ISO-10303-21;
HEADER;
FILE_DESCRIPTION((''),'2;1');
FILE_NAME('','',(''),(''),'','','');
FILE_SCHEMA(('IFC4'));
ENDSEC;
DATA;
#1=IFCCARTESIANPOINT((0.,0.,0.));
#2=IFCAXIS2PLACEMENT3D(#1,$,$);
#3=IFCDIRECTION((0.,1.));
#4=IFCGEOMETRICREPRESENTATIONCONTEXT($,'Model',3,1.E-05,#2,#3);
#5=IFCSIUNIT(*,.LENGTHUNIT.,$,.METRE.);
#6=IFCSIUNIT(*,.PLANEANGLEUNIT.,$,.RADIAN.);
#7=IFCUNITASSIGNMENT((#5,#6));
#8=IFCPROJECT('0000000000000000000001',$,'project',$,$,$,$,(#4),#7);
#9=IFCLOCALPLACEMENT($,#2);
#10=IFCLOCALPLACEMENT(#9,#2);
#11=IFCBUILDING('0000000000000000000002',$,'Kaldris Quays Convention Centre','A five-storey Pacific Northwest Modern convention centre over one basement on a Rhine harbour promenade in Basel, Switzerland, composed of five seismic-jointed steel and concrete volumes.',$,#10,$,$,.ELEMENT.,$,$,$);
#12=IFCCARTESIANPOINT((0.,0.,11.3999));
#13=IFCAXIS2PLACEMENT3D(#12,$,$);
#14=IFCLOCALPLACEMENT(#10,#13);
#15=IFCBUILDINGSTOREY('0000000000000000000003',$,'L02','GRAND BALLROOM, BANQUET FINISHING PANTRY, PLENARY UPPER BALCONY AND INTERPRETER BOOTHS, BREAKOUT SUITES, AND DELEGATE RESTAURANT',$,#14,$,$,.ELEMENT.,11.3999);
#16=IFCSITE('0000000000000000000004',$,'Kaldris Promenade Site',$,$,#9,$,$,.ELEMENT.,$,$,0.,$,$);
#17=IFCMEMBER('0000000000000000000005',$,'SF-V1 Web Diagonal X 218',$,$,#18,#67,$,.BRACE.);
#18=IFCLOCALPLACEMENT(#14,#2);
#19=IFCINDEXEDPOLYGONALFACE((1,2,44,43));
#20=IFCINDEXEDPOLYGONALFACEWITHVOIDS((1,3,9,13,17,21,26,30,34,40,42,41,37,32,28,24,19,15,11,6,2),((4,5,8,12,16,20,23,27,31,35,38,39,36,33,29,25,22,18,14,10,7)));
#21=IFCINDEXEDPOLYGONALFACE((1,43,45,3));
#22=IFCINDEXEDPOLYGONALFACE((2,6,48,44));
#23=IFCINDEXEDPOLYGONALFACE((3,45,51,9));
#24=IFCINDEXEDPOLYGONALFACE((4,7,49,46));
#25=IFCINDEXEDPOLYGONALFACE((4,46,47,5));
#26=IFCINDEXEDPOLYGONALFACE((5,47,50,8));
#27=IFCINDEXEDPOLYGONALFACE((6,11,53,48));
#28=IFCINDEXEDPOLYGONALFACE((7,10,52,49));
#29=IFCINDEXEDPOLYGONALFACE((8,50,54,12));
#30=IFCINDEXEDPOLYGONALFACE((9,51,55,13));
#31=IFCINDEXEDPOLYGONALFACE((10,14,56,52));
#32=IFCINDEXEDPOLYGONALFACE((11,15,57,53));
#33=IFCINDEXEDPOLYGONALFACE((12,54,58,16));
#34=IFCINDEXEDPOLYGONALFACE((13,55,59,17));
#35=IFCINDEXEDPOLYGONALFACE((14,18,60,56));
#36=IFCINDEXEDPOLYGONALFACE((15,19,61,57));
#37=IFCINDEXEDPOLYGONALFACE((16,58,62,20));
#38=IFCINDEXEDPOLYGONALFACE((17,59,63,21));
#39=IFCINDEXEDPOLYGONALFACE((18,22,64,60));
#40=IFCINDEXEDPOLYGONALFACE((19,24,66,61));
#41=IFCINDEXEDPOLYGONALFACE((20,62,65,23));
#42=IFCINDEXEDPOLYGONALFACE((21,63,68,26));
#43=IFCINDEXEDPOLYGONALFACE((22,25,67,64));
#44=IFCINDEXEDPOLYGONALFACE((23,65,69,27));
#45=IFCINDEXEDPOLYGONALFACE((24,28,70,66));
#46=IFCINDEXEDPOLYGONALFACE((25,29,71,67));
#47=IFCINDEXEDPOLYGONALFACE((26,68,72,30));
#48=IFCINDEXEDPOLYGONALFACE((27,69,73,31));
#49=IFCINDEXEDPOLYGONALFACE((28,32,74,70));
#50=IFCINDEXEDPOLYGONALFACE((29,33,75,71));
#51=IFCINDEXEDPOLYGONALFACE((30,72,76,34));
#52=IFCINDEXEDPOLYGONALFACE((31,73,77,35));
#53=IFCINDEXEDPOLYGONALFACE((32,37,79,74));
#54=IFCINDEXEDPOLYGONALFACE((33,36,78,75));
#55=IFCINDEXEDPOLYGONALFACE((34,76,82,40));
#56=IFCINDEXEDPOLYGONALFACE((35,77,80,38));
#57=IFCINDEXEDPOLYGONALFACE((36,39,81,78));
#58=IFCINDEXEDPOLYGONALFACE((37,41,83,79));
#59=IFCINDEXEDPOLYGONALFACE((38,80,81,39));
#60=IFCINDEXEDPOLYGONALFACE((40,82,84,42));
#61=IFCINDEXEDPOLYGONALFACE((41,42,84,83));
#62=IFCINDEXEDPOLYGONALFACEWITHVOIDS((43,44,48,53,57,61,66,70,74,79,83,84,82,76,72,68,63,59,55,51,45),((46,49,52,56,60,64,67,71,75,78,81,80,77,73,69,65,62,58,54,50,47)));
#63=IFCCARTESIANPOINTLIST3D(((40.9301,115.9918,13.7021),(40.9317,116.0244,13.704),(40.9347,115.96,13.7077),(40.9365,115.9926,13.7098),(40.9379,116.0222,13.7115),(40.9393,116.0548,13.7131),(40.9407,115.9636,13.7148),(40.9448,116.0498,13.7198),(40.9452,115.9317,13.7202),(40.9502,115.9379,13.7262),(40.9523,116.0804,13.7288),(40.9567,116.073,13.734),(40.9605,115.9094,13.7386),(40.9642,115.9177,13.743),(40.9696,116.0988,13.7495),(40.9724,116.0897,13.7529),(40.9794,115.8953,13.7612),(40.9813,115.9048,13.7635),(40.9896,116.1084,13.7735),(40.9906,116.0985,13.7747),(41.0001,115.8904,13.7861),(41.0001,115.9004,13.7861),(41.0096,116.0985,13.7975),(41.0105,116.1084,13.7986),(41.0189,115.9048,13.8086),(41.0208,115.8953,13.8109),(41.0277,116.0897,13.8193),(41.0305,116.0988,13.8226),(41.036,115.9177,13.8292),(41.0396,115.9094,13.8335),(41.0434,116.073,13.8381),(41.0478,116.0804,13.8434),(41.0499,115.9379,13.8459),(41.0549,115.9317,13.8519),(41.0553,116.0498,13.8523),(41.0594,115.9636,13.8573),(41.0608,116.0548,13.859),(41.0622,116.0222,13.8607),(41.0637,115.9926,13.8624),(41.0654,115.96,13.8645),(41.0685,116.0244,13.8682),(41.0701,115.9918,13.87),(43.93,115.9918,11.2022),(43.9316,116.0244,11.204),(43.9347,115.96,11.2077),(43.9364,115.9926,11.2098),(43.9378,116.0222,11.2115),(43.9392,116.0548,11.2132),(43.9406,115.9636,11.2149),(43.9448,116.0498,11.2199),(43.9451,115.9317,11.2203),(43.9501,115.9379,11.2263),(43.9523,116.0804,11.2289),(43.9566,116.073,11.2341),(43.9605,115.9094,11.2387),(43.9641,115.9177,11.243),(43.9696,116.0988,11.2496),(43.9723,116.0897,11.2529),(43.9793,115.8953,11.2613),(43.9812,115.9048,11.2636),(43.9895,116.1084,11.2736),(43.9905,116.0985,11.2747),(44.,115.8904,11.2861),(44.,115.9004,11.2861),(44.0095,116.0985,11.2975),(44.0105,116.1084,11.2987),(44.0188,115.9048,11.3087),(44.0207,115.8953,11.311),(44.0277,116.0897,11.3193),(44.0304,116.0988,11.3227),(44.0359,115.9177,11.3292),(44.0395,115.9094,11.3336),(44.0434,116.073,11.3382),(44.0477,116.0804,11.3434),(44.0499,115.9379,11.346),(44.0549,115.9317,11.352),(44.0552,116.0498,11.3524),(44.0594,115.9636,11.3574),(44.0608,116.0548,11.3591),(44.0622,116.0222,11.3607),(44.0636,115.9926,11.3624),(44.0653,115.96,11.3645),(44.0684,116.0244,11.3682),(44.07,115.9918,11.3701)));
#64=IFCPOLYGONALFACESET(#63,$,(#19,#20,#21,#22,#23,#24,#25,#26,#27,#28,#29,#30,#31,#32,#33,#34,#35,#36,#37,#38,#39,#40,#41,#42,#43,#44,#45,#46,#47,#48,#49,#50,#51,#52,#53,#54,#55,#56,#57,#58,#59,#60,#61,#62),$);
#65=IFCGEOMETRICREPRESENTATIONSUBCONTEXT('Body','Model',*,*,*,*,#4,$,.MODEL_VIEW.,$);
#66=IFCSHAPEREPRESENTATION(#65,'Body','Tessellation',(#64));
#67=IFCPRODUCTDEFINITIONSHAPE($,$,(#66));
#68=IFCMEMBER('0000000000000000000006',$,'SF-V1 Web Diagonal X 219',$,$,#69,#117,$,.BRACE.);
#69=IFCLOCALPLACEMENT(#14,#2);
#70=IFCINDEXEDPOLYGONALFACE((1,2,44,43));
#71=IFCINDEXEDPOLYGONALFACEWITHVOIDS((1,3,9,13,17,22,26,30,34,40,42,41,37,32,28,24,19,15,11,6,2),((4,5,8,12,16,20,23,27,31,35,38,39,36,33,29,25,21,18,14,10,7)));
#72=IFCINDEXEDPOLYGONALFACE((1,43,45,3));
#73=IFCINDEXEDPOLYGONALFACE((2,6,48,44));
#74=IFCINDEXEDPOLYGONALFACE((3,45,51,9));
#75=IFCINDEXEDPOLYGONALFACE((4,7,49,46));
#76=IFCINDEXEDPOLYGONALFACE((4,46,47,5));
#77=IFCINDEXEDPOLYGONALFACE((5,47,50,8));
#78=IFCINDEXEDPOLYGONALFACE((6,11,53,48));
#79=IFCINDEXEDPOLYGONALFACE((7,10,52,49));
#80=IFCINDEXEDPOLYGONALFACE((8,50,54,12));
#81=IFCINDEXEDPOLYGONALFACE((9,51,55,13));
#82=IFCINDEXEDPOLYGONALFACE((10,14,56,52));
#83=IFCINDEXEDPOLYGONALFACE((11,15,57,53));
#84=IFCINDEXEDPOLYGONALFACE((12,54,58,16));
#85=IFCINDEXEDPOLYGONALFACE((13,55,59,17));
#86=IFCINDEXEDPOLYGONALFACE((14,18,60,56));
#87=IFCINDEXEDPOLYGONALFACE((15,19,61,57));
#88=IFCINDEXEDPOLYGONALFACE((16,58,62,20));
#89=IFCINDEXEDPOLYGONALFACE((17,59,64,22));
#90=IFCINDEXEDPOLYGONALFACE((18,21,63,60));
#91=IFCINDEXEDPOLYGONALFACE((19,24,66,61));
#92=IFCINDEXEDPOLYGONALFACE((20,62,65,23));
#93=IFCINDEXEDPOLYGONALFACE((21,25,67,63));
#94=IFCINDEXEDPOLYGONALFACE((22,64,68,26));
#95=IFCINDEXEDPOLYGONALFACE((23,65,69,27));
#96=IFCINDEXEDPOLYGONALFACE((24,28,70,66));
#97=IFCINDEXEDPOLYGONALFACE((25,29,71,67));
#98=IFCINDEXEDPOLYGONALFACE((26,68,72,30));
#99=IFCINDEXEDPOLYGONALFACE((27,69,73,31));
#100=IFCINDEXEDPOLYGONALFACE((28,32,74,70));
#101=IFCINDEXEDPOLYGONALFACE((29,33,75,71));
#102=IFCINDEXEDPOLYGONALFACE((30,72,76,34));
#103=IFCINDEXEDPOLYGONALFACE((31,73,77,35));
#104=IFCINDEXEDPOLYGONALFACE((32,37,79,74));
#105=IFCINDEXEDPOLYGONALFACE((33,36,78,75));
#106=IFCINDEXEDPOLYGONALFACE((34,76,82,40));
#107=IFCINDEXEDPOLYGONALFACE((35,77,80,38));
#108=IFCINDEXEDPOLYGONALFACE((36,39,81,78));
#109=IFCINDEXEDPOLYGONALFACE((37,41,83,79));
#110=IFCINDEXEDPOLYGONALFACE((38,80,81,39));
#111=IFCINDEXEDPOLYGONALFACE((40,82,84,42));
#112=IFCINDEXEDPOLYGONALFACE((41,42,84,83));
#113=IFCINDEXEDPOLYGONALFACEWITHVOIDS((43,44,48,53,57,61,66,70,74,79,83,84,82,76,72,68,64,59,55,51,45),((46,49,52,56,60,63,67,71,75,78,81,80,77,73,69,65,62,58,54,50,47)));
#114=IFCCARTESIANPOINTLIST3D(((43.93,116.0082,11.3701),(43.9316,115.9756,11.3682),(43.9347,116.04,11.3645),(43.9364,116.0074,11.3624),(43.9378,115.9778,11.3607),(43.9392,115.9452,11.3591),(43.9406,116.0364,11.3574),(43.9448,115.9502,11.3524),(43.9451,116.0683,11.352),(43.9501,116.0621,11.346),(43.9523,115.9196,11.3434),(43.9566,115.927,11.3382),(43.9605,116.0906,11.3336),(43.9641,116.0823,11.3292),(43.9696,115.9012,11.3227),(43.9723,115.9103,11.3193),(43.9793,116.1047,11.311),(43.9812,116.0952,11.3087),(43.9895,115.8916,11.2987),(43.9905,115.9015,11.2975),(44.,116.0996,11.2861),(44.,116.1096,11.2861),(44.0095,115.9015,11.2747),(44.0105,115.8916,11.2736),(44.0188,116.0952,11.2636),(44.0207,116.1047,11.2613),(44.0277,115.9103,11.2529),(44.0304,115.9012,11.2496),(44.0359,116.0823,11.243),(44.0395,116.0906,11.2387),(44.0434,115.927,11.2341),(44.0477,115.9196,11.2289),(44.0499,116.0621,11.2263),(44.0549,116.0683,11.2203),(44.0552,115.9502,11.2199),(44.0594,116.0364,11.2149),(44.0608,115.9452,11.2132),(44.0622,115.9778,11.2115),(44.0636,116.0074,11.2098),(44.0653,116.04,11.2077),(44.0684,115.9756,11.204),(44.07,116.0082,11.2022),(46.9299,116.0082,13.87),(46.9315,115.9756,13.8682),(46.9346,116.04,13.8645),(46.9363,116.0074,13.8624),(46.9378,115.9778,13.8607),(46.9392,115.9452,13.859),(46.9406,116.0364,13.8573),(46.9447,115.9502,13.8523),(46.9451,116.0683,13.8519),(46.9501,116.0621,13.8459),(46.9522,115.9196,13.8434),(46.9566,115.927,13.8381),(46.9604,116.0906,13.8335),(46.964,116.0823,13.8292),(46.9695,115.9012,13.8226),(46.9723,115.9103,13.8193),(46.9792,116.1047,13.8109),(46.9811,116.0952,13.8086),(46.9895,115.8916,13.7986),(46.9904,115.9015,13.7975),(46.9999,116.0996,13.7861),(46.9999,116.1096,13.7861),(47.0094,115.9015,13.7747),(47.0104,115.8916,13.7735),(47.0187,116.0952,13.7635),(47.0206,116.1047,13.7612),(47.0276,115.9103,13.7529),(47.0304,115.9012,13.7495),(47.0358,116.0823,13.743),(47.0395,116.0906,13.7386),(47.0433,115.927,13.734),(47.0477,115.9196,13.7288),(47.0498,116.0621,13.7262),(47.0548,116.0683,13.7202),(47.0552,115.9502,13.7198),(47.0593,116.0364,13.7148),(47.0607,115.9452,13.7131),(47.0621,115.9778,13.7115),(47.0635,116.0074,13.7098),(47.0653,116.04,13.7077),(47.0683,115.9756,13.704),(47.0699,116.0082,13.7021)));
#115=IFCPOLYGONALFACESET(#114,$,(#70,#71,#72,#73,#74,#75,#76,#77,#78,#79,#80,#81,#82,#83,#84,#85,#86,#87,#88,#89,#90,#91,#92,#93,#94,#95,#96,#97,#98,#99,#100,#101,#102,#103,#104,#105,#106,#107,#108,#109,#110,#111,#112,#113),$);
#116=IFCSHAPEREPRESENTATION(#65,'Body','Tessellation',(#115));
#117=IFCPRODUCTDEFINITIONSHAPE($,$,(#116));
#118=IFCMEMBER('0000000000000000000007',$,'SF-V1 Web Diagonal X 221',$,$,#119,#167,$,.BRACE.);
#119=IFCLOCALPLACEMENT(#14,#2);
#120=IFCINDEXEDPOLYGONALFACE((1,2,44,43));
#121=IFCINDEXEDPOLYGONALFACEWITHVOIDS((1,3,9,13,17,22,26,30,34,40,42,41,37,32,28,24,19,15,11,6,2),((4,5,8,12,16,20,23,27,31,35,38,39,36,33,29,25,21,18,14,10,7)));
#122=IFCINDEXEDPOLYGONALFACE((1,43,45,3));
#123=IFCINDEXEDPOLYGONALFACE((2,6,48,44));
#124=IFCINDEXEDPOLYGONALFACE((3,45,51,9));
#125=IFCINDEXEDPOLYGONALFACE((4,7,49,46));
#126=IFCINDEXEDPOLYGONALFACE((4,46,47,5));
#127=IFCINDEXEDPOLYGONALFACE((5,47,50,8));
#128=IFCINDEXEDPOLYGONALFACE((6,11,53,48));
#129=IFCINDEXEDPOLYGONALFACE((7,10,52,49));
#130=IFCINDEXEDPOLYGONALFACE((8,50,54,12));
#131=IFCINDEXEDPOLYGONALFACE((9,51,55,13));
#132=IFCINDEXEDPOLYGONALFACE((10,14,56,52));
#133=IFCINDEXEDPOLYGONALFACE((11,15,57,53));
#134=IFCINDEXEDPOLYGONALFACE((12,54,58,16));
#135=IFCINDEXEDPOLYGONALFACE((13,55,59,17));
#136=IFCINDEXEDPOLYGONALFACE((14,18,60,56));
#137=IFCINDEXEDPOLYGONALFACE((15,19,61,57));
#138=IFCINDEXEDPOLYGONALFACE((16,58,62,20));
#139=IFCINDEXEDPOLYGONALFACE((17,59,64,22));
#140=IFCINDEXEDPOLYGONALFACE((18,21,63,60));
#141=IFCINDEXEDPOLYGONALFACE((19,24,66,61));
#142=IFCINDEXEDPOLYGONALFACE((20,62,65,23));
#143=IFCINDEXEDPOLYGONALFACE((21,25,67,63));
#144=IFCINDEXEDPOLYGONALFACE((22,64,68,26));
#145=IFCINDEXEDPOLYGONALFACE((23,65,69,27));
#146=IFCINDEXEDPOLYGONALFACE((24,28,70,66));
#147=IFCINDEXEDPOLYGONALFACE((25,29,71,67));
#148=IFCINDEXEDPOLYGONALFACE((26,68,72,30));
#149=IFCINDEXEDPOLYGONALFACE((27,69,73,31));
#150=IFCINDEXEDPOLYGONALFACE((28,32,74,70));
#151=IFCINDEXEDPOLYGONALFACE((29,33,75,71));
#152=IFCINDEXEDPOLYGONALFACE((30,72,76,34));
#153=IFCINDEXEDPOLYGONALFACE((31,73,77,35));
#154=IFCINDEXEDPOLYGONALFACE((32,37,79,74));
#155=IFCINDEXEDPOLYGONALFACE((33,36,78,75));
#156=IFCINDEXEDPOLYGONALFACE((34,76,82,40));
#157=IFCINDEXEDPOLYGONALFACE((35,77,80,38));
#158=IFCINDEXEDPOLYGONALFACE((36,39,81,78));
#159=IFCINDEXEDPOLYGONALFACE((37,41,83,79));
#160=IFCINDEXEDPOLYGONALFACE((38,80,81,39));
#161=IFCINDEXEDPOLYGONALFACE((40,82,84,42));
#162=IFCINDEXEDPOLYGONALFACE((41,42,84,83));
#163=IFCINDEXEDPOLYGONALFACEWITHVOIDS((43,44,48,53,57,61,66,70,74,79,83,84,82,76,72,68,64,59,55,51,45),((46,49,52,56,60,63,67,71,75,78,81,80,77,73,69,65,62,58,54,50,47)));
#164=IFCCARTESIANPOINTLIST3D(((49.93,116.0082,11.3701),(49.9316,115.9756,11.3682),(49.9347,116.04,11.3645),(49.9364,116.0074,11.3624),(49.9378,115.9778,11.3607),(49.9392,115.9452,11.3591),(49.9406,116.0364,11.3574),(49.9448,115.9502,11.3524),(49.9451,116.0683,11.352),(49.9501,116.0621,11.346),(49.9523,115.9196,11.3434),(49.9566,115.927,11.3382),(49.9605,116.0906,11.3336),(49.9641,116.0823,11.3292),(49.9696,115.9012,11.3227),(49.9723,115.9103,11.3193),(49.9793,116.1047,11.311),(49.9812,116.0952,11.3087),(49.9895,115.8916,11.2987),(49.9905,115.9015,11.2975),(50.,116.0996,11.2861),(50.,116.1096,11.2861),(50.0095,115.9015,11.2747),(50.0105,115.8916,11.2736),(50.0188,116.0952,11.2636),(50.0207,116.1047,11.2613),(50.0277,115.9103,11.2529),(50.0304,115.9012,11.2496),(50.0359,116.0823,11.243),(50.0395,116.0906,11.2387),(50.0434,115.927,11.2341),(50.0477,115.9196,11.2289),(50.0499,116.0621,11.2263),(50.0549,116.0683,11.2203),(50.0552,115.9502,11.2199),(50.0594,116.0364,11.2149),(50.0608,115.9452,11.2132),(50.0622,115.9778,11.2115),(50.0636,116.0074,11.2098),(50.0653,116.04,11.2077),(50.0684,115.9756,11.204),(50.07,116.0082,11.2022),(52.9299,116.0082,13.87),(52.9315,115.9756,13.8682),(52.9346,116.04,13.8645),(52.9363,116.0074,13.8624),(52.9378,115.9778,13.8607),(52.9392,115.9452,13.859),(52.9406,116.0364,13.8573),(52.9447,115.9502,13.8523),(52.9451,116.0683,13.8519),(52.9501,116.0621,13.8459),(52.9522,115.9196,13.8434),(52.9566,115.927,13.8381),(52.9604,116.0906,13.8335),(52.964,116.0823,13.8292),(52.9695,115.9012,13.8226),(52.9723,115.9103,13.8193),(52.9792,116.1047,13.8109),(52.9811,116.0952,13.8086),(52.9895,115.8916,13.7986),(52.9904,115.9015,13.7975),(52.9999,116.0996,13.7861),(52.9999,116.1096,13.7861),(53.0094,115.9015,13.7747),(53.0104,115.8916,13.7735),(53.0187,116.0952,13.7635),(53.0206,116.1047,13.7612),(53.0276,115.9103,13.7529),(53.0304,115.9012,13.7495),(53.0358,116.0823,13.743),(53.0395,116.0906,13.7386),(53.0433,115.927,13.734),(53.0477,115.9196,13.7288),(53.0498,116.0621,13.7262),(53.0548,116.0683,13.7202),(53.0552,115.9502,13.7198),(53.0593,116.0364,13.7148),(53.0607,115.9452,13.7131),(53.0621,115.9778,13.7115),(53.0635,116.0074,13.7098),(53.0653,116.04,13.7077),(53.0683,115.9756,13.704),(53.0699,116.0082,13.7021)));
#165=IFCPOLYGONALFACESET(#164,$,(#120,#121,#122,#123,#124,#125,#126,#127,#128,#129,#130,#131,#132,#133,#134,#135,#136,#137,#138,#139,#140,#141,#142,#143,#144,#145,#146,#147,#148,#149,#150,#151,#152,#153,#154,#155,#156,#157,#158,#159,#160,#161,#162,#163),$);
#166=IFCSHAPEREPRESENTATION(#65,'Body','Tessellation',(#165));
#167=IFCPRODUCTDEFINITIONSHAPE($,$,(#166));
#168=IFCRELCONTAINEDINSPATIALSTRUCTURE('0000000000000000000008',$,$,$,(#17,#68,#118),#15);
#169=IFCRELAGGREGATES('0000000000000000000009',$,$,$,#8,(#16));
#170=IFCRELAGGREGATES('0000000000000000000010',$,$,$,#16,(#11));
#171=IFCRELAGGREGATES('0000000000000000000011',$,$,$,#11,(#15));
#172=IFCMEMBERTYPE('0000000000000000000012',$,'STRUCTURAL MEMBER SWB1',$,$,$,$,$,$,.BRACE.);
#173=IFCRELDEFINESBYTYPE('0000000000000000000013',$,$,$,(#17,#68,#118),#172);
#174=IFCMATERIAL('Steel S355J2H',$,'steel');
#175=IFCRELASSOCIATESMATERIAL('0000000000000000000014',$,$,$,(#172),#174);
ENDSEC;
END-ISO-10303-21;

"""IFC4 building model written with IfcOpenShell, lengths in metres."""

from ifc_helpers import new_model, si_unit, direction, frame, origin, origin_2d, place, context, subcontext, project, spatial, hollow_circle, extrude, material, material_profile, profile_set, type_object, element, save


model = new_model("IFC4")

# Units and contexts
model_context = context("Model", 3, precision=1e-05, world=origin(), true_north=direction((0.0, 1.0)))
body_context = subcontext(model_context, "Body", "Model", "MODEL_VIEW")
ifc_project = project(units=[si_unit("LENGTHUNIT", "METRE"), si_unit("PLANEANGLEUNIT", "RADIAN")], contexts=[model_context])

# Site, building, storey
site_placement = place(None, origin())
site = spatial("IfcSite", under=ifc_project, at=site_placement, Name="Kaldris Promenade Site", CompositionType="ELEMENT", RefElevation=0.0)
building_placement = place(site_placement, origin())
building = spatial("IfcBuilding", under=site, at=building_placement, Name="Kaldris Quays Convention Centre", Description="A five-storey Pacific Northwest Modern convention centre over one basement on a Rhine harbour promenade in Basel, Switzerland, composed of five seismic-jointed steel and concrete volumes.", CompositionType="ELEMENT")
storey_placement = place(building_placement, frame((0.0, 0.0, 11.3999)))
storey = spatial("IfcBuildingStorey", under=building, at=storey_placement, Name="L02", Description="GRAND BALLROOM, BANQUET FINISHING PANTRY, PLENARY UPPER BALCONY AND INTERPRETER BOOTHS, BREAKOUT SUITES, AND DELEGATE RESTAURANT", CompositionType="ELEMENT", Elevation=11.3999)

# Members
ifc_material = material(Name="Steel S355J2H", Category="steel")
ifc_material_profile_1 = material_profile(ifc_material, hollow_circle(Radius=0.1096, WallThickness=0.01, at=origin_2d()), Name="CHS 219.1x10")
ifc_profile_set_1 = profile_set([ifc_material_profile_1], Name="Steel S355J2H")
member_type_1 = type_object("IfcMemberType", Name="STRUCTURAL MEMBER SWB1", PredefinedType="BRACE", material=ifc_profile_set_1)
for number, where, z_axis, x_axis, name in (
    (1, (44.0, 116.0, 11.2861), (-0.768221, 0.0, 0.640184), (0.0, -1.0, 0.0), "SF-V1 Web Diagonal X 218"),
    (2, (44.0, 116.0, 11.2861), (0.768221, 0.0, 0.640184), (0.0, 1.0, 0.0), "SF-V1 Web Diagonal X 219"),
    (3, (50.0, 116.0, 11.2861), (0.768221, 0.0, 0.640184), (0.0, 1.0, 0.0), "SF-V1 Web Diagonal X 221"),
):
    element("IfcMember", number, at=place(storey_placement, frame(where, z_axis=z_axis, x_axis=x_axis)), inside=storey, type_object=member_type_1, Name=name, PredefinedType="BRACE", context=body_context, shape_type="SweptSolid", body=[
        extrude(hollow_circle(Radius=0.1096, WallThickness=0.01, at=origin_2d()), origin(), (0.0, 0.0, 1.0), 3.905),
    ])

save(model, "model.ifc")
